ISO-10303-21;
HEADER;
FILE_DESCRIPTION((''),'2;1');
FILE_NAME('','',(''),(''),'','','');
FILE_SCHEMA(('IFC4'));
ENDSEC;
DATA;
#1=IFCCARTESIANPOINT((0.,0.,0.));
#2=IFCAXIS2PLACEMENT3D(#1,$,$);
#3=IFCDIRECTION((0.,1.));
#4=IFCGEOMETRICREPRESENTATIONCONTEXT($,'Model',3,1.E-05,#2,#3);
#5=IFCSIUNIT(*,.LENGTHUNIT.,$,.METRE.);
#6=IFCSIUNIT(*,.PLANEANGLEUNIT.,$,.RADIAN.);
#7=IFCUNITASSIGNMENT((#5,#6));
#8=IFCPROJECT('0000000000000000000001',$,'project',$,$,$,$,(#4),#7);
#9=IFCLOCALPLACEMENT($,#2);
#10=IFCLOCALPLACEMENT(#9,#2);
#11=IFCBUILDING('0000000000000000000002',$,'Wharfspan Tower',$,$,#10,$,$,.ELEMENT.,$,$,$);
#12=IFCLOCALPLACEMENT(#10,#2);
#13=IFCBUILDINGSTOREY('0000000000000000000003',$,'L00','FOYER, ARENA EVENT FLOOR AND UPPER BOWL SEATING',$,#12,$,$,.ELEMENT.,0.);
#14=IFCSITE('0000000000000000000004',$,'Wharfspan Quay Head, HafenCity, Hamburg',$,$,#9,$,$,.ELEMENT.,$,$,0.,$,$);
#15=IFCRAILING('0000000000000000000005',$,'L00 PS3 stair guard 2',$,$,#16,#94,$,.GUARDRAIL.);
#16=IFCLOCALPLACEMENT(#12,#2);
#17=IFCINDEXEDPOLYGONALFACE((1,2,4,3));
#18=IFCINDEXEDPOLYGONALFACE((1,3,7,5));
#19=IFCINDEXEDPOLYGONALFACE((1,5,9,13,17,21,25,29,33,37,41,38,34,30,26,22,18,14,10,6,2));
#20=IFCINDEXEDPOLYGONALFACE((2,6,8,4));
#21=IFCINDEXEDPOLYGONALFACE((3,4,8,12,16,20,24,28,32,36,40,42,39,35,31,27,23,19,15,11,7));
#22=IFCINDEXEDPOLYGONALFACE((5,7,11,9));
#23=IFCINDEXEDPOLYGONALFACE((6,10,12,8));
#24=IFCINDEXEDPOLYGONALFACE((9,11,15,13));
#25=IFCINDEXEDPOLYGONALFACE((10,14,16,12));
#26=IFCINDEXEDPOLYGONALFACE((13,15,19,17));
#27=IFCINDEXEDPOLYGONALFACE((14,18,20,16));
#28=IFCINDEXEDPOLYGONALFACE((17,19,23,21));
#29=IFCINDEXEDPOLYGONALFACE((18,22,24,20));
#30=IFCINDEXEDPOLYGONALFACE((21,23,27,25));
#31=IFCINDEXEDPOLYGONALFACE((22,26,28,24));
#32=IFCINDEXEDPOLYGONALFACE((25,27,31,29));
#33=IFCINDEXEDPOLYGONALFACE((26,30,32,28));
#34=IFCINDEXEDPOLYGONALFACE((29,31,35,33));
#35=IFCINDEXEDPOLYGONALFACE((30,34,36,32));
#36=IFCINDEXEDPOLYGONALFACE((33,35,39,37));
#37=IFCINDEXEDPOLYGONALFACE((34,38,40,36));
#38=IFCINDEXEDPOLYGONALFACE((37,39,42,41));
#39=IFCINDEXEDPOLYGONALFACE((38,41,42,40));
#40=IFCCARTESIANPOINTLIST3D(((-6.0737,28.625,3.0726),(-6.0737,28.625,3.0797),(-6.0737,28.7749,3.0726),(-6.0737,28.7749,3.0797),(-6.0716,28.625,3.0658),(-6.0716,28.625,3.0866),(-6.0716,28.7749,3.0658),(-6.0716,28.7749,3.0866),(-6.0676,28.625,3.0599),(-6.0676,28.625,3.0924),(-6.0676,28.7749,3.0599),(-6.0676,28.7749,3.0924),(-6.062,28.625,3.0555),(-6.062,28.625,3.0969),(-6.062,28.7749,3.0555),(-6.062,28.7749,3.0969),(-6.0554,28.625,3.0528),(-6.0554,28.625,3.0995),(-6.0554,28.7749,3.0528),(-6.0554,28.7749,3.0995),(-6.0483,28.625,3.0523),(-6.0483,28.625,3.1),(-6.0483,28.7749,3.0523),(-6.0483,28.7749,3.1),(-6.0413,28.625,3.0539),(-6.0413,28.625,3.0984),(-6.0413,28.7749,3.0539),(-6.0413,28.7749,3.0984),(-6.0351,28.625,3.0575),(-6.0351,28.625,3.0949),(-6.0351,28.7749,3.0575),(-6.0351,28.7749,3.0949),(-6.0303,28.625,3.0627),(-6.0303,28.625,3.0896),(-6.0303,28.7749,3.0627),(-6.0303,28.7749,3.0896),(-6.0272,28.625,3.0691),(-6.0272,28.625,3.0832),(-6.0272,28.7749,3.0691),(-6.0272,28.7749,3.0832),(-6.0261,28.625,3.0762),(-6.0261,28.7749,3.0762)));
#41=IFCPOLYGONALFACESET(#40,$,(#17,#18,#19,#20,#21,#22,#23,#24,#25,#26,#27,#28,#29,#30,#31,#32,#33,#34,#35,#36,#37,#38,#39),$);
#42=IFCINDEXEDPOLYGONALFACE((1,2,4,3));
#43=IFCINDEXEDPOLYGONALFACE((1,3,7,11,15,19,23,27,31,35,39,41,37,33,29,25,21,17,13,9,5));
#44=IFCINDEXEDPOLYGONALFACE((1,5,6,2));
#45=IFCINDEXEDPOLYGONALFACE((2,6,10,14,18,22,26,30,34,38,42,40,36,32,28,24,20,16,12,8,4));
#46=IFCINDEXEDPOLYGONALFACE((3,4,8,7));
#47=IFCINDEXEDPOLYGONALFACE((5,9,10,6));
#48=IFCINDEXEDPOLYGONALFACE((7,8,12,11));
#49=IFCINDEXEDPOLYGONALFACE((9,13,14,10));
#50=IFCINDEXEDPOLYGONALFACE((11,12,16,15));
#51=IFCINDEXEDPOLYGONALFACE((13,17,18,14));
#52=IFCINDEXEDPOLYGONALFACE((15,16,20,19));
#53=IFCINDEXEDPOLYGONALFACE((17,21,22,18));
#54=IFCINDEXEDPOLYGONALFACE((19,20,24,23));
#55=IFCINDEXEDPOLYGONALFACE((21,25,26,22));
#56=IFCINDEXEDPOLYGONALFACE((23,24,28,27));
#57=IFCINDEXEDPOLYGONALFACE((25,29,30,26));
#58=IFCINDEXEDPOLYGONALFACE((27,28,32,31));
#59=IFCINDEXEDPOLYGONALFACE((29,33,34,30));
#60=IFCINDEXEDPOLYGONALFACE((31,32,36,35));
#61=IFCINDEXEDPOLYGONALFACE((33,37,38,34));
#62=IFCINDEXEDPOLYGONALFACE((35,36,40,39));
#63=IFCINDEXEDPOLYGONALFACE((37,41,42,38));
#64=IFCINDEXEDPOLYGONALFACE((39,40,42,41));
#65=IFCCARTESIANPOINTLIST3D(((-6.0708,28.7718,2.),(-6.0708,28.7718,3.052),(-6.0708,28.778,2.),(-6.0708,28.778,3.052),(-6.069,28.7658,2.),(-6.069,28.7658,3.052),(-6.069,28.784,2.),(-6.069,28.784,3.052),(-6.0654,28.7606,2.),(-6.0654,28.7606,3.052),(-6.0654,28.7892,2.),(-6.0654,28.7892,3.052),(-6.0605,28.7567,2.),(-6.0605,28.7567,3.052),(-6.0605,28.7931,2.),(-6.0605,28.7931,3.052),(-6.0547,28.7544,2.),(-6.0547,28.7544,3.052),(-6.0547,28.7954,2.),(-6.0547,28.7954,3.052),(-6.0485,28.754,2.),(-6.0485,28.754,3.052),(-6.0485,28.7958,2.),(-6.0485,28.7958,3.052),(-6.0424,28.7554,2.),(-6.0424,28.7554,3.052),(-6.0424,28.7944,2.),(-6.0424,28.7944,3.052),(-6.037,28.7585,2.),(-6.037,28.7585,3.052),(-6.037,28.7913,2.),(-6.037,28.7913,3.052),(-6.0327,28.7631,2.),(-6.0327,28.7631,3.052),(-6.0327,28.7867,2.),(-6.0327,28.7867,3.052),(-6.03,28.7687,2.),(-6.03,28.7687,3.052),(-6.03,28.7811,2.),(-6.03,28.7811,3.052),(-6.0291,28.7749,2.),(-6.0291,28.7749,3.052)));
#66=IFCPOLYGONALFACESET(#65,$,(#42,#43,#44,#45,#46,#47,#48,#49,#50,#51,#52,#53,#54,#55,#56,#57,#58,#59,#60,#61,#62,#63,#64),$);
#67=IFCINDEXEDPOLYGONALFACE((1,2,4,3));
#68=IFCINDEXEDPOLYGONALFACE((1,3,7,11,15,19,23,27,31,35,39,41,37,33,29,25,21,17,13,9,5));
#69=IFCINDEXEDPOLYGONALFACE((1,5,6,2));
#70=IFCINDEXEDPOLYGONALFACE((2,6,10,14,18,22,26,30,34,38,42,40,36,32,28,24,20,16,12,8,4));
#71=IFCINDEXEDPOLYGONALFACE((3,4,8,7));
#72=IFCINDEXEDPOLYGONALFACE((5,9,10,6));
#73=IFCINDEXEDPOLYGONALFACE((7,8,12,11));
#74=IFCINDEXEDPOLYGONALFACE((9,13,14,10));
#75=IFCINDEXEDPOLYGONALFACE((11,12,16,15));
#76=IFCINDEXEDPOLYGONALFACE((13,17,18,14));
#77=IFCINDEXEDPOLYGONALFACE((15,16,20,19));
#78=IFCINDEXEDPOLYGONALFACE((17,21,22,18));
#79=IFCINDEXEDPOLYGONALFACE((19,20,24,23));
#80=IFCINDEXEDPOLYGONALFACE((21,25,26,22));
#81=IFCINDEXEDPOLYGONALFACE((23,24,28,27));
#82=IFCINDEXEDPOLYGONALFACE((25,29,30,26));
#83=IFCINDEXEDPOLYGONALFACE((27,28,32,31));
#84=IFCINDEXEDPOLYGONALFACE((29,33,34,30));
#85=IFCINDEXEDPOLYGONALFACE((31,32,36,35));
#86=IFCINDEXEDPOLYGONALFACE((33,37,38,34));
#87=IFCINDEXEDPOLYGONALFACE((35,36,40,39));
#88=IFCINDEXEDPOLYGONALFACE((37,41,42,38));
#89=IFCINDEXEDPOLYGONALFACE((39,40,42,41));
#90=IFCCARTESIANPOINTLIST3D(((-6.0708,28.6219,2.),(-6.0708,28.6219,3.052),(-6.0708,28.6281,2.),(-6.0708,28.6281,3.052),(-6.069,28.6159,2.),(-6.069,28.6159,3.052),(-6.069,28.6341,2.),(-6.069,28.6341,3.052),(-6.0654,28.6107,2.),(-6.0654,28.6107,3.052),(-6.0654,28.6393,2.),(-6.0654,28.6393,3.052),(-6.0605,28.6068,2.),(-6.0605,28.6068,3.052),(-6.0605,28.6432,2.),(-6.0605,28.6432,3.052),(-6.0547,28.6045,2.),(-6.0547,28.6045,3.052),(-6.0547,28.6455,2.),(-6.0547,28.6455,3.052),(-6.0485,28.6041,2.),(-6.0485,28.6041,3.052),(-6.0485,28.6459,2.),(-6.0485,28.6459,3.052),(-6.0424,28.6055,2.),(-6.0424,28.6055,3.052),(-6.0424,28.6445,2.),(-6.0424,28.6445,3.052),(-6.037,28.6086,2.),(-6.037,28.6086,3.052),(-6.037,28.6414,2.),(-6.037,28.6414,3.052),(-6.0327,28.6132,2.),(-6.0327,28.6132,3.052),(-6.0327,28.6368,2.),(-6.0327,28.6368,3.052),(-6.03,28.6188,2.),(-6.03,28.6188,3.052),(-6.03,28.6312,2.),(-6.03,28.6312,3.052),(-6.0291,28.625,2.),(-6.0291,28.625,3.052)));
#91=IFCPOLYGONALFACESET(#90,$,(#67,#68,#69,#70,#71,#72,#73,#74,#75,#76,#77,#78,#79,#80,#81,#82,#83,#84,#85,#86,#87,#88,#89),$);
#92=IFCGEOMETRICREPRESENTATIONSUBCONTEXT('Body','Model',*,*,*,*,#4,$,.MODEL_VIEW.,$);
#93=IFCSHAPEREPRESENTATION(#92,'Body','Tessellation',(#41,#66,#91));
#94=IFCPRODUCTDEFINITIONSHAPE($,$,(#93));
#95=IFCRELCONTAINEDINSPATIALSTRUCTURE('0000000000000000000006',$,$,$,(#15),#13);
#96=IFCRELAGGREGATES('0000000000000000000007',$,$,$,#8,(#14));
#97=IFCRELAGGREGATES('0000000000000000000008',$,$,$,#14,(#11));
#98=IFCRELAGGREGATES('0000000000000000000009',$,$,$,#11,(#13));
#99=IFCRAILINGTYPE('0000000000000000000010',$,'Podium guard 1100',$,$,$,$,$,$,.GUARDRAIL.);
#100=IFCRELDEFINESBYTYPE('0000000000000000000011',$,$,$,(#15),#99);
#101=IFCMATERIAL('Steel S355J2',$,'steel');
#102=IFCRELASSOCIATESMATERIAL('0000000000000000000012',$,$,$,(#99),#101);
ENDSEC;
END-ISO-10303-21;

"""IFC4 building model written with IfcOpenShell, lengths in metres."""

from ifc_helpers import new_model, si_unit, direction, frame, origin, origin_2d, place, context, subcontext, project, spatial, circle, extrude, material, type_object, element, save


model = new_model("IFC4")

# Units and contexts
model_context = context("Model", 3, precision=1e-05, world=origin(), true_north=direction((0.0, 1.0)))
body_context = subcontext(model_context, "Body", "Model", "MODEL_VIEW")
ifc_project = project(units=[si_unit("LENGTHUNIT", "METRE"), si_unit("PLANEANGLEUNIT", "RADIAN")], contexts=[model_context])

# Site, building, storey
site_placement = place(None, origin())
site = spatial("IfcSite", under=ifc_project, at=site_placement, Name="Wharfspan Quay Head, HafenCity, Hamburg", CompositionType="ELEMENT", RefElevation=0.0)
building_placement = place(site_placement, origin())
building = spatial("IfcBuilding", under=site, at=building_placement, Name="Wharfspan Tower", CompositionType="ELEMENT")
storey_placement = place(building_placement, origin())
storey = spatial("IfcBuildingStorey", under=building, at=storey_placement, Name="L00", Description="FOYER, ARENA EVENT FLOOR AND UPPER BOWL SEATING", CompositionType="ELEMENT", Elevation=0.0)

# Railing
ifc_material_1 = material(Name="Steel S355J2", Category="steel")
railing_type_1 = type_object("IfcRailingType", Name="Podium guard 1100", PredefinedType="GUARDRAIL", material=ifc_material_1)
railing_1_placement = place(storey_placement, frame((-6.05, 28.7749, 2.0)))
element("IfcRailing", 1, at=railing_1_placement, inside=storey, type_object=railing_type_1, Name="L00 PS3 stair guard 2", PredefinedType="GUARDRAIL", context=body_context, shape_type="SweptSolid", body=[
    extrude(circle(Radius=0.0239, at=origin_2d()), frame((0.0, 0.0, 1.0762), z_axis=(0.0, -1.0, 0.0), x_axis=(1.0, 0.0, 0.0)), (0.0, 0.0, 1.0), 0.1499),
    extrude(circle(Radius=0.021, at=origin_2d()), origin(), (0.0, 0.0, 1.0), 1.052),
    extrude(circle(Radius=0.021, at=origin_2d()), frame((0.0, -0.1499, 0.0)), (0.0, 0.0, 1.0), 1.052),
])

save(model, "model.ifc")
